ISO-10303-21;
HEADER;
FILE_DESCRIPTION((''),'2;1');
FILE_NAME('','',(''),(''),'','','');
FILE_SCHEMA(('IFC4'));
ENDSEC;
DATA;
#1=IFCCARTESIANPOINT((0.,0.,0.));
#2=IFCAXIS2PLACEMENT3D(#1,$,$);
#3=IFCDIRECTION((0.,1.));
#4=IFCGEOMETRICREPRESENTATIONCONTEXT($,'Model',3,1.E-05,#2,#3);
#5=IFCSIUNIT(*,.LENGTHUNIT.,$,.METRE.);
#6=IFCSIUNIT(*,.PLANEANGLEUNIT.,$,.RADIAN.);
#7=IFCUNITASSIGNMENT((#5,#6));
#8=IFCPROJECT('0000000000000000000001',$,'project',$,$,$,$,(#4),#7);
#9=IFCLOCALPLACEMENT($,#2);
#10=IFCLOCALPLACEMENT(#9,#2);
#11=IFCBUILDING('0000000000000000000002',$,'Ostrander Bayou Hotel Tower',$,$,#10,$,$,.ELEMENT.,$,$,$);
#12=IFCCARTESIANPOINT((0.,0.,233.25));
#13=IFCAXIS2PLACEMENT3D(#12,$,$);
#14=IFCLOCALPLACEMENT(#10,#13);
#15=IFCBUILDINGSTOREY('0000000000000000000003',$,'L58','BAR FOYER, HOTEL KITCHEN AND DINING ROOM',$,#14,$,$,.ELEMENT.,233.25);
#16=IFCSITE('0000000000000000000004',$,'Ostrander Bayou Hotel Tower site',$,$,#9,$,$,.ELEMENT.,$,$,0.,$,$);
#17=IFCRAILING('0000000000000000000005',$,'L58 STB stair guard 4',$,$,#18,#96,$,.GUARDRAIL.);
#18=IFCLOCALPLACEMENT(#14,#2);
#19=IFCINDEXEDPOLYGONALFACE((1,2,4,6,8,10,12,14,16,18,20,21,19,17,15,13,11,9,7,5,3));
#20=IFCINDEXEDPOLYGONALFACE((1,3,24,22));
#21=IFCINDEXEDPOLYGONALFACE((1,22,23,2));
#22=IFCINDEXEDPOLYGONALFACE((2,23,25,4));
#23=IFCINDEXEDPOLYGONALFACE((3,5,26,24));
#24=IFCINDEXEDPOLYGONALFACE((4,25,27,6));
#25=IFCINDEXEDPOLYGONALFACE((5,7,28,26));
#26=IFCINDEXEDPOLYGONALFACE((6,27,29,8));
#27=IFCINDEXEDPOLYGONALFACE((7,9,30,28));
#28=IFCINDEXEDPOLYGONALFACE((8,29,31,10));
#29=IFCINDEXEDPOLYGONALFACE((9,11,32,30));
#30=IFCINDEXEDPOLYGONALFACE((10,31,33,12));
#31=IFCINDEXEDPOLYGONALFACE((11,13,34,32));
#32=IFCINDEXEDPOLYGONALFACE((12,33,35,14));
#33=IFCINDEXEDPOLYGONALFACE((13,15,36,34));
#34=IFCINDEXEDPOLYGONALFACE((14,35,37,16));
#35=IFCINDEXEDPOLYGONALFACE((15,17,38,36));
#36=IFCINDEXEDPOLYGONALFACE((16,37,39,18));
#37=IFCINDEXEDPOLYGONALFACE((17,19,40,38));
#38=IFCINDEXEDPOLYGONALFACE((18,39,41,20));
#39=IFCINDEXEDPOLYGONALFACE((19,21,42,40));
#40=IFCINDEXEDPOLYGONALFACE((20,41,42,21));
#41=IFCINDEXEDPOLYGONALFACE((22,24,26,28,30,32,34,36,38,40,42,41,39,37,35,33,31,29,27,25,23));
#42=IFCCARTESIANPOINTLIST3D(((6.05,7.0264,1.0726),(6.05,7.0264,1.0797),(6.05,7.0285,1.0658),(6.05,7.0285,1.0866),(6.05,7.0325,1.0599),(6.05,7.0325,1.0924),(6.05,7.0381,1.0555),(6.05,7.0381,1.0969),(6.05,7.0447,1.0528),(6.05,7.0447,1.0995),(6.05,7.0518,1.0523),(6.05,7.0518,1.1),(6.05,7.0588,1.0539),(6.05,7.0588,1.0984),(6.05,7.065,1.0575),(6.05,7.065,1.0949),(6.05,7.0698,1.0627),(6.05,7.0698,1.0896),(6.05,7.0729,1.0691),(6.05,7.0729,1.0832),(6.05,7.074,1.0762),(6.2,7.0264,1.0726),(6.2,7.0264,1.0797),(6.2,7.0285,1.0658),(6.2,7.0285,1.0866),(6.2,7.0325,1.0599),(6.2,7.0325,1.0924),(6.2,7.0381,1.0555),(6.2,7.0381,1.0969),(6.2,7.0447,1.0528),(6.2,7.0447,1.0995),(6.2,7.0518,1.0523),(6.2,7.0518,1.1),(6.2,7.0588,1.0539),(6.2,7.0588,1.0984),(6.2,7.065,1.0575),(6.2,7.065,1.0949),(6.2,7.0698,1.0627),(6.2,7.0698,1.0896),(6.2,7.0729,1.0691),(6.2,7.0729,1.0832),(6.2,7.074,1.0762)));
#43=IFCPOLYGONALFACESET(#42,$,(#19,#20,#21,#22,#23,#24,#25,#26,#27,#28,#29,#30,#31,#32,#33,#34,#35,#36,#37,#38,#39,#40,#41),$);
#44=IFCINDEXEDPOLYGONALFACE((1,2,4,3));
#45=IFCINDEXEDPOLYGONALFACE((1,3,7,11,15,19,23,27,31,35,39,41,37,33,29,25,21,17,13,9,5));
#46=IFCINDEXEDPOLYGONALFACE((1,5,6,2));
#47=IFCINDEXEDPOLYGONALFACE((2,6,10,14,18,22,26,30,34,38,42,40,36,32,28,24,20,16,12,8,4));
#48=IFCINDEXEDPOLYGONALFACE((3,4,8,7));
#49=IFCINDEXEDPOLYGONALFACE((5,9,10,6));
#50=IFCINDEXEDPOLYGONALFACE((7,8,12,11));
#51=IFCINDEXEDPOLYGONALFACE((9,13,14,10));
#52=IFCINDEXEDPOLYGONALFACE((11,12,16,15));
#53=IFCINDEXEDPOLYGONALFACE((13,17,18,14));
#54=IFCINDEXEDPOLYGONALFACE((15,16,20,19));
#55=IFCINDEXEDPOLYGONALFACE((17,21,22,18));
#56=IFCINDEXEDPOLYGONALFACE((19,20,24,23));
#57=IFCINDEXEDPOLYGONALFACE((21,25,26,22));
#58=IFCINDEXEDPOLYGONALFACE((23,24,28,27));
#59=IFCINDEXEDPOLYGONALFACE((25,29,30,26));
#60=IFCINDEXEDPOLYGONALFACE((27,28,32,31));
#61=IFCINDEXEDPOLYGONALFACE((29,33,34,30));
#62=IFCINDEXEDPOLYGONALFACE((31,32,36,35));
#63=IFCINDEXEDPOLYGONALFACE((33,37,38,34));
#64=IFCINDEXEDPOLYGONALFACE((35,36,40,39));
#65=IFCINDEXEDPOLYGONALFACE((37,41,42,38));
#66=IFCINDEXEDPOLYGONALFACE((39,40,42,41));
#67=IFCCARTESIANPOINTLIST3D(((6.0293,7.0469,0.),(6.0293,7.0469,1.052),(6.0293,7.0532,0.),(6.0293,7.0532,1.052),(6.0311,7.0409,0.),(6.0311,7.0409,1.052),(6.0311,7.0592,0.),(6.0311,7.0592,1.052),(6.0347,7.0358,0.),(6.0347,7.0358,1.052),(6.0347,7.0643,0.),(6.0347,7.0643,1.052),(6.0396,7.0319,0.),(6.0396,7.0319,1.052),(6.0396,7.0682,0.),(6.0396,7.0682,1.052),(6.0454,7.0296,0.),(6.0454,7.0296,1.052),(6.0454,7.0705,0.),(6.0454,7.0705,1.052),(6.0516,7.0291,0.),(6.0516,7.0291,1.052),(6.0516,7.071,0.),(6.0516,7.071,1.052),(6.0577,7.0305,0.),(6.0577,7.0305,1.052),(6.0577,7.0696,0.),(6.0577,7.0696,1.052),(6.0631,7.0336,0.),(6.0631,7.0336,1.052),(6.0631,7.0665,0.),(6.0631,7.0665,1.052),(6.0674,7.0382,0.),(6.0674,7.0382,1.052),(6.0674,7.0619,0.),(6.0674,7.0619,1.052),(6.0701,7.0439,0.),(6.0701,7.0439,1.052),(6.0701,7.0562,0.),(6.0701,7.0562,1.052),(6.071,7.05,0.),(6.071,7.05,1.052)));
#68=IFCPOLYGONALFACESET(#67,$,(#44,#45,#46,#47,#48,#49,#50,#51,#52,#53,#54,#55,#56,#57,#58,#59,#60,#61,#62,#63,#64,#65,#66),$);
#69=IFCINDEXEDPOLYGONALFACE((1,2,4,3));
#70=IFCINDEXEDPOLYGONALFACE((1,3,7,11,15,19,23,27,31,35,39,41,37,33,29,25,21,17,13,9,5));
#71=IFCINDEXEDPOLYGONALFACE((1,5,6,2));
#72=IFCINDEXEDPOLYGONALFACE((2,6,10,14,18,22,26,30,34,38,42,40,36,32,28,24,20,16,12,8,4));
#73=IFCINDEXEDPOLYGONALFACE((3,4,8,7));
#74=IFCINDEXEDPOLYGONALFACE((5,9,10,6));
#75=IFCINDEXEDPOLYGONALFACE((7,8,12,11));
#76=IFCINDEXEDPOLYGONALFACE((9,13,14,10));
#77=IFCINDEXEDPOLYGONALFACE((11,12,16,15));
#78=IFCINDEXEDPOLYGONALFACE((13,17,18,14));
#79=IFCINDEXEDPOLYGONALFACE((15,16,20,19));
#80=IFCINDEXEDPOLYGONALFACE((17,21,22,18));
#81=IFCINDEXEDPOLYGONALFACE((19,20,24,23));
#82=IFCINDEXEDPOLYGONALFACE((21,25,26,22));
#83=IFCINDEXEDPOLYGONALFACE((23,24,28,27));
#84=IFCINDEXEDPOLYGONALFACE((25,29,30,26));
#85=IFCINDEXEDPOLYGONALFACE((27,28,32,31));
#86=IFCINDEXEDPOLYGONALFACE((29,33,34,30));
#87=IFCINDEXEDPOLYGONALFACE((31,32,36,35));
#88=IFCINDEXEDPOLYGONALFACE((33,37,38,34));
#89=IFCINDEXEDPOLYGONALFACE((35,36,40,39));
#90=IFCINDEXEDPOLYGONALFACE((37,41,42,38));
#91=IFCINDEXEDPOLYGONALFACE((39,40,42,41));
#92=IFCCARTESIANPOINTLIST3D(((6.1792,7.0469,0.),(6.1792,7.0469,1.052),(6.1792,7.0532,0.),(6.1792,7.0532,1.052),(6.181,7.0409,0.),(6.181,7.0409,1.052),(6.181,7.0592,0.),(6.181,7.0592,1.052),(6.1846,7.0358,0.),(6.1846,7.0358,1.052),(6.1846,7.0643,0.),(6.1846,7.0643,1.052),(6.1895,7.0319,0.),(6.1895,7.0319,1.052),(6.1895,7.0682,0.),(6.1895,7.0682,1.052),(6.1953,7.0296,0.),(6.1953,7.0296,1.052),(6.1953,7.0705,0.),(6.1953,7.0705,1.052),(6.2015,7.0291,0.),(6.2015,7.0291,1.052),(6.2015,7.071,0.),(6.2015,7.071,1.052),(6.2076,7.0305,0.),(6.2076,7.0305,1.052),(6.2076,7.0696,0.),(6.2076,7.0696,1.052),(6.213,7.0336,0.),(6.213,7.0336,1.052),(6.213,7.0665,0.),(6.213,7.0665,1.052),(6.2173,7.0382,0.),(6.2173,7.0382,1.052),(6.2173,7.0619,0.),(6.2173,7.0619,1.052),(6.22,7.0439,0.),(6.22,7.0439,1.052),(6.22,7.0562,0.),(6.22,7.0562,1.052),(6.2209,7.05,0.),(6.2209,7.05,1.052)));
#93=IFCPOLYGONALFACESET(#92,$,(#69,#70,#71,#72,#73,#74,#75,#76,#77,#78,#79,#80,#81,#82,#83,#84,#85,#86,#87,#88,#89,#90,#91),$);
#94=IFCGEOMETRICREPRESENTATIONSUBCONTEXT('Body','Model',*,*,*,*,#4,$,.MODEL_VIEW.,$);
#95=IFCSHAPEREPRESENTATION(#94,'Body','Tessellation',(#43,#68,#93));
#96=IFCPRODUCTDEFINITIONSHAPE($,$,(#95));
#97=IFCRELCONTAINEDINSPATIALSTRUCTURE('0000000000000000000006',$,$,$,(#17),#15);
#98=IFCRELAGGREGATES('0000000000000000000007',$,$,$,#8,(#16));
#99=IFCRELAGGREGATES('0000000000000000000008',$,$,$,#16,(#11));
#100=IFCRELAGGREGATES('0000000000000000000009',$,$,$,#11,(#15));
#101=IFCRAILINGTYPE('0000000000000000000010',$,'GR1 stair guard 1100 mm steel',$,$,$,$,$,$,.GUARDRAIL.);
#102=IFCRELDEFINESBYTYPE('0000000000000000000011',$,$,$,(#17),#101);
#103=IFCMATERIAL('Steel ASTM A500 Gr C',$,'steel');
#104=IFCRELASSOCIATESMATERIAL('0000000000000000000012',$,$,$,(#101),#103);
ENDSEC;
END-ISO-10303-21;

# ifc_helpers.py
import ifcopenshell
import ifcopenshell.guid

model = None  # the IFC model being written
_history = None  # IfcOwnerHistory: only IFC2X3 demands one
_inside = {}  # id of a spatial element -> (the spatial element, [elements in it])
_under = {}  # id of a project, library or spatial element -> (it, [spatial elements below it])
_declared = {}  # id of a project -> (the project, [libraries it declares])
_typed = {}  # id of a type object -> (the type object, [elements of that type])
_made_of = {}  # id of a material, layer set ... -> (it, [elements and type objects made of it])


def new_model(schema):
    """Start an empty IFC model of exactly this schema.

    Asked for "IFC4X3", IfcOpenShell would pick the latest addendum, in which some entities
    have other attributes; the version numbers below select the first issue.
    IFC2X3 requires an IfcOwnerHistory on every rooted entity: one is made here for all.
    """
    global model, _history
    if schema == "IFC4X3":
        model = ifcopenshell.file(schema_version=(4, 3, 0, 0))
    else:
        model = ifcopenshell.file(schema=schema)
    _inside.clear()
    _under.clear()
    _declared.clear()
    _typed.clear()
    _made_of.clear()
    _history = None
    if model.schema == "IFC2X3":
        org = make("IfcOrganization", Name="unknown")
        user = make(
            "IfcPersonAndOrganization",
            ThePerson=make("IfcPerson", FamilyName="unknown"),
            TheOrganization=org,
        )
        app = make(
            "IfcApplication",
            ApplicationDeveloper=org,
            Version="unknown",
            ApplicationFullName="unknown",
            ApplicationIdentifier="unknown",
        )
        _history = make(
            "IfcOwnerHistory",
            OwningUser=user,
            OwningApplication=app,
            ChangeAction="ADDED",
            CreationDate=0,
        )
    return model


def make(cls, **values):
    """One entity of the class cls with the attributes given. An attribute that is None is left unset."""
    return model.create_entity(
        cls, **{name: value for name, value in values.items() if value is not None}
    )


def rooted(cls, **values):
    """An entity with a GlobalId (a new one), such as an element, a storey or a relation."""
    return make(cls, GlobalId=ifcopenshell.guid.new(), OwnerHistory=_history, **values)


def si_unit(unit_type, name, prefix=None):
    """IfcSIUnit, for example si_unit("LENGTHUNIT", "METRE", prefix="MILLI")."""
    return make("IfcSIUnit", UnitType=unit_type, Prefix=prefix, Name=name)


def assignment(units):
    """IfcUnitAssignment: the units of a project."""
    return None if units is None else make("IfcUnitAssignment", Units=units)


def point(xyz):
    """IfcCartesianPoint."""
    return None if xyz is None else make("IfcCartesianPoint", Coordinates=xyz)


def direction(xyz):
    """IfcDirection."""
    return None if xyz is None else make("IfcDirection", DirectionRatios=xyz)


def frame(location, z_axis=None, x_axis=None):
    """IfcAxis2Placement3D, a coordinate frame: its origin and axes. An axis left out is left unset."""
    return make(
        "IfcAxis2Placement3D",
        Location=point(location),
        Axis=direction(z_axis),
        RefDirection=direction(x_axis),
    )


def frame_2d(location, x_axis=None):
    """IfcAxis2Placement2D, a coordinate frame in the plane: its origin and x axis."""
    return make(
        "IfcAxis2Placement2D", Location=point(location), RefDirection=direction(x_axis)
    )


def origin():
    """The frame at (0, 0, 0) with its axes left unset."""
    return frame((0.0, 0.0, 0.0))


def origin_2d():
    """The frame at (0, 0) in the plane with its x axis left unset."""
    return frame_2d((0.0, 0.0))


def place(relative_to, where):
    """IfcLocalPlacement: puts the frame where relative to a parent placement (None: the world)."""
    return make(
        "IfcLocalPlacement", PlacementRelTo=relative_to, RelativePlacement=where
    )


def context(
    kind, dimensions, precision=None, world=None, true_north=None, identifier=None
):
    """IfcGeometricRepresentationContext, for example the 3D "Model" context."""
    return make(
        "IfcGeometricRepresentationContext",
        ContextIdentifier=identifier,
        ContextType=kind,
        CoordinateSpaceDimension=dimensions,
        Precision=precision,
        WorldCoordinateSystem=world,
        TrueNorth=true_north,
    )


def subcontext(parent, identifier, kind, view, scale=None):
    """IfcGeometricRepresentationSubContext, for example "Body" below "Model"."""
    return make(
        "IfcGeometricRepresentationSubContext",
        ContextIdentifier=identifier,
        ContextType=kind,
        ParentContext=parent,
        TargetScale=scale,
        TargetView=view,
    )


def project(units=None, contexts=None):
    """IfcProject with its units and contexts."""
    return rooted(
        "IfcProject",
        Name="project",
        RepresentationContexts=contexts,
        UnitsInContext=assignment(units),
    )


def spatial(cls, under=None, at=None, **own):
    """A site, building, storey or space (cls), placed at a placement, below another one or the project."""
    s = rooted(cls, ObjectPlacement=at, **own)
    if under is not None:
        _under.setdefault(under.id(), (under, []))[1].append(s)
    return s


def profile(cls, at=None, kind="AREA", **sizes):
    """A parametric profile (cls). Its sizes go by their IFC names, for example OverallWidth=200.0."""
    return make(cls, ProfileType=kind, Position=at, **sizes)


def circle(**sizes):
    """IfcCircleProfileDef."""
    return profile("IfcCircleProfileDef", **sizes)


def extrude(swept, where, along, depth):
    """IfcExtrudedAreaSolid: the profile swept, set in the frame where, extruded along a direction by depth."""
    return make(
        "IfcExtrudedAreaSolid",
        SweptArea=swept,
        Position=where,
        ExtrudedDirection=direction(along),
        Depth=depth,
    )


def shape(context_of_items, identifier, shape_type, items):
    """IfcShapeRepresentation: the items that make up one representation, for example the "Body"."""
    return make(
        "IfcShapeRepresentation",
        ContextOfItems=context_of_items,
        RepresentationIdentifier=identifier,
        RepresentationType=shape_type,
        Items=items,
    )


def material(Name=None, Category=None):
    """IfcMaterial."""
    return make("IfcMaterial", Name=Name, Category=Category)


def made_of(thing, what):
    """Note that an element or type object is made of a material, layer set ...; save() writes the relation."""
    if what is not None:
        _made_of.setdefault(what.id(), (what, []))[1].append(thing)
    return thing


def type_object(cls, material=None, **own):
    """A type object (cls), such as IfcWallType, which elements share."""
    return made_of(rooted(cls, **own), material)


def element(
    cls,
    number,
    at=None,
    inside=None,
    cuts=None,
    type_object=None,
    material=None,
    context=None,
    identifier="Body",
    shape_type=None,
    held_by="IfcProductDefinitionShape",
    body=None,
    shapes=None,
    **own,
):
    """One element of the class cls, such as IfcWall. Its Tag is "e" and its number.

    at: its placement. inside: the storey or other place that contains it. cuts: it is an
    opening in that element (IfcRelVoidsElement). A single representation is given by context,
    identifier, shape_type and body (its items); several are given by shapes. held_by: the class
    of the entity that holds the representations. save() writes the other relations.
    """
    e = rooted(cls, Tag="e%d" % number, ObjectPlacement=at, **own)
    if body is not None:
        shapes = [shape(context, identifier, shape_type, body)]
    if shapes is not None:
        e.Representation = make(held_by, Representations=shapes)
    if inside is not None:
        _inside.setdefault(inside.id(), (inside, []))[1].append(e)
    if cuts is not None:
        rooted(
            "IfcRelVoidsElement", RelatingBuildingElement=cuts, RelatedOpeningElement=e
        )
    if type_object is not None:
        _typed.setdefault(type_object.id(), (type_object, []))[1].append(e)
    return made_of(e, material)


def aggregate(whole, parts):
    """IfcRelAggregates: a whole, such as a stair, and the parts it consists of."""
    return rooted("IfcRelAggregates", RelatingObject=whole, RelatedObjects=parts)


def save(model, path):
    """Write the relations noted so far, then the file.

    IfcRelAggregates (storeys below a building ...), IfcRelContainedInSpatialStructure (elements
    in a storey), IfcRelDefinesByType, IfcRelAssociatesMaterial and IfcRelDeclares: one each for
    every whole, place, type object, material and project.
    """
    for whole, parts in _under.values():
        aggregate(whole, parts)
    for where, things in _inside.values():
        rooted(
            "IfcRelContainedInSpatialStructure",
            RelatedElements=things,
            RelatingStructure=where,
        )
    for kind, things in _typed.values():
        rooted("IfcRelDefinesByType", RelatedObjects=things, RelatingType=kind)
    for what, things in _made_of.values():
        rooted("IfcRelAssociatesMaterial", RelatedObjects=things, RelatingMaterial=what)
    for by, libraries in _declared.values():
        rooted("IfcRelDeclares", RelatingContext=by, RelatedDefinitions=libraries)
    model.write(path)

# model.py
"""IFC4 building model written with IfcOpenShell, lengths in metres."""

from ifc_helpers import new_model, si_unit, direction, frame, origin, origin_2d, place, context, subcontext, project, spatial, circle, extrude, material, type_object, element, save


model = new_model("IFC4")

# Units and contexts
model_context = context("Model", 3, precision=1e-05, world=origin(), true_north=direction((0.0, 1.0)))
body_context = subcontext(model_context, "Body", "Model", "MODEL_VIEW")
ifc_project = project(units=[si_unit("LENGTHUNIT", "METRE"), si_unit("PLANEANGLEUNIT", "RADIAN")], contexts=[model_context])

# Site, building, storey
site_placement = place(None, origin())
site = spatial("IfcSite", under=ifc_project, at=site_placement, Name="Ostrander Bayou Hotel Tower site", CompositionType="ELEMENT", RefElevation=0.0)
building_placement = place(site_placement, origin())
building = spatial("IfcBuilding", under=site, at=building_placement, Name="Ostrander Bayou Hotel Tower", CompositionType="ELEMENT")
storey_placement = place(building_placement, frame((0.0, 0.0, 233.25)))
storey = spatial("IfcBuildingStorey", under=building, at=storey_placement, Name="L58", Description="BAR FOYER, HOTEL KITCHEN AND DINING ROOM", CompositionType="ELEMENT", Elevation=233.25)

# Railing
ifc_material_1 = material(Name="Steel ASTM A500 Gr C", Category="steel")
railing_type_1 = type_object("IfcRailingType", Name="GR1 stair guard 1100 mm steel", PredefinedType="GUARDRAIL", material=ifc_material_1)
railing_1_placement = place(storey_placement, frame((6.05, 7.05, 0.0)))
element("IfcRailing", 1, at=railing_1_placement, inside=storey, type_object=railing_type_1, Name="L58 STB stair guard 4", PredefinedType="GUARDRAIL", context=body_context, shape_type="SweptSolid", body=[
    extrude(circle(Radius=0.0239, at=origin_2d()), frame((0.0, 0.0, 1.0762), z_axis=(1.0, 0.0, 0.0), x_axis=(0.0, 1.0, 0.0)), (0.0, 0.0, 1.0), 0.1499),
    extrude(circle(Radius=0.021, at=origin_2d()), origin(), (0.0, 0.0, 1.0), 1.052),
    extrude(circle(Radius=0.021, at=origin_2d()), frame((0.1499, 0.0, 0.0)), (0.0, 0.0, 1.0), 1.052),
])

save(model, "model.ifc")
